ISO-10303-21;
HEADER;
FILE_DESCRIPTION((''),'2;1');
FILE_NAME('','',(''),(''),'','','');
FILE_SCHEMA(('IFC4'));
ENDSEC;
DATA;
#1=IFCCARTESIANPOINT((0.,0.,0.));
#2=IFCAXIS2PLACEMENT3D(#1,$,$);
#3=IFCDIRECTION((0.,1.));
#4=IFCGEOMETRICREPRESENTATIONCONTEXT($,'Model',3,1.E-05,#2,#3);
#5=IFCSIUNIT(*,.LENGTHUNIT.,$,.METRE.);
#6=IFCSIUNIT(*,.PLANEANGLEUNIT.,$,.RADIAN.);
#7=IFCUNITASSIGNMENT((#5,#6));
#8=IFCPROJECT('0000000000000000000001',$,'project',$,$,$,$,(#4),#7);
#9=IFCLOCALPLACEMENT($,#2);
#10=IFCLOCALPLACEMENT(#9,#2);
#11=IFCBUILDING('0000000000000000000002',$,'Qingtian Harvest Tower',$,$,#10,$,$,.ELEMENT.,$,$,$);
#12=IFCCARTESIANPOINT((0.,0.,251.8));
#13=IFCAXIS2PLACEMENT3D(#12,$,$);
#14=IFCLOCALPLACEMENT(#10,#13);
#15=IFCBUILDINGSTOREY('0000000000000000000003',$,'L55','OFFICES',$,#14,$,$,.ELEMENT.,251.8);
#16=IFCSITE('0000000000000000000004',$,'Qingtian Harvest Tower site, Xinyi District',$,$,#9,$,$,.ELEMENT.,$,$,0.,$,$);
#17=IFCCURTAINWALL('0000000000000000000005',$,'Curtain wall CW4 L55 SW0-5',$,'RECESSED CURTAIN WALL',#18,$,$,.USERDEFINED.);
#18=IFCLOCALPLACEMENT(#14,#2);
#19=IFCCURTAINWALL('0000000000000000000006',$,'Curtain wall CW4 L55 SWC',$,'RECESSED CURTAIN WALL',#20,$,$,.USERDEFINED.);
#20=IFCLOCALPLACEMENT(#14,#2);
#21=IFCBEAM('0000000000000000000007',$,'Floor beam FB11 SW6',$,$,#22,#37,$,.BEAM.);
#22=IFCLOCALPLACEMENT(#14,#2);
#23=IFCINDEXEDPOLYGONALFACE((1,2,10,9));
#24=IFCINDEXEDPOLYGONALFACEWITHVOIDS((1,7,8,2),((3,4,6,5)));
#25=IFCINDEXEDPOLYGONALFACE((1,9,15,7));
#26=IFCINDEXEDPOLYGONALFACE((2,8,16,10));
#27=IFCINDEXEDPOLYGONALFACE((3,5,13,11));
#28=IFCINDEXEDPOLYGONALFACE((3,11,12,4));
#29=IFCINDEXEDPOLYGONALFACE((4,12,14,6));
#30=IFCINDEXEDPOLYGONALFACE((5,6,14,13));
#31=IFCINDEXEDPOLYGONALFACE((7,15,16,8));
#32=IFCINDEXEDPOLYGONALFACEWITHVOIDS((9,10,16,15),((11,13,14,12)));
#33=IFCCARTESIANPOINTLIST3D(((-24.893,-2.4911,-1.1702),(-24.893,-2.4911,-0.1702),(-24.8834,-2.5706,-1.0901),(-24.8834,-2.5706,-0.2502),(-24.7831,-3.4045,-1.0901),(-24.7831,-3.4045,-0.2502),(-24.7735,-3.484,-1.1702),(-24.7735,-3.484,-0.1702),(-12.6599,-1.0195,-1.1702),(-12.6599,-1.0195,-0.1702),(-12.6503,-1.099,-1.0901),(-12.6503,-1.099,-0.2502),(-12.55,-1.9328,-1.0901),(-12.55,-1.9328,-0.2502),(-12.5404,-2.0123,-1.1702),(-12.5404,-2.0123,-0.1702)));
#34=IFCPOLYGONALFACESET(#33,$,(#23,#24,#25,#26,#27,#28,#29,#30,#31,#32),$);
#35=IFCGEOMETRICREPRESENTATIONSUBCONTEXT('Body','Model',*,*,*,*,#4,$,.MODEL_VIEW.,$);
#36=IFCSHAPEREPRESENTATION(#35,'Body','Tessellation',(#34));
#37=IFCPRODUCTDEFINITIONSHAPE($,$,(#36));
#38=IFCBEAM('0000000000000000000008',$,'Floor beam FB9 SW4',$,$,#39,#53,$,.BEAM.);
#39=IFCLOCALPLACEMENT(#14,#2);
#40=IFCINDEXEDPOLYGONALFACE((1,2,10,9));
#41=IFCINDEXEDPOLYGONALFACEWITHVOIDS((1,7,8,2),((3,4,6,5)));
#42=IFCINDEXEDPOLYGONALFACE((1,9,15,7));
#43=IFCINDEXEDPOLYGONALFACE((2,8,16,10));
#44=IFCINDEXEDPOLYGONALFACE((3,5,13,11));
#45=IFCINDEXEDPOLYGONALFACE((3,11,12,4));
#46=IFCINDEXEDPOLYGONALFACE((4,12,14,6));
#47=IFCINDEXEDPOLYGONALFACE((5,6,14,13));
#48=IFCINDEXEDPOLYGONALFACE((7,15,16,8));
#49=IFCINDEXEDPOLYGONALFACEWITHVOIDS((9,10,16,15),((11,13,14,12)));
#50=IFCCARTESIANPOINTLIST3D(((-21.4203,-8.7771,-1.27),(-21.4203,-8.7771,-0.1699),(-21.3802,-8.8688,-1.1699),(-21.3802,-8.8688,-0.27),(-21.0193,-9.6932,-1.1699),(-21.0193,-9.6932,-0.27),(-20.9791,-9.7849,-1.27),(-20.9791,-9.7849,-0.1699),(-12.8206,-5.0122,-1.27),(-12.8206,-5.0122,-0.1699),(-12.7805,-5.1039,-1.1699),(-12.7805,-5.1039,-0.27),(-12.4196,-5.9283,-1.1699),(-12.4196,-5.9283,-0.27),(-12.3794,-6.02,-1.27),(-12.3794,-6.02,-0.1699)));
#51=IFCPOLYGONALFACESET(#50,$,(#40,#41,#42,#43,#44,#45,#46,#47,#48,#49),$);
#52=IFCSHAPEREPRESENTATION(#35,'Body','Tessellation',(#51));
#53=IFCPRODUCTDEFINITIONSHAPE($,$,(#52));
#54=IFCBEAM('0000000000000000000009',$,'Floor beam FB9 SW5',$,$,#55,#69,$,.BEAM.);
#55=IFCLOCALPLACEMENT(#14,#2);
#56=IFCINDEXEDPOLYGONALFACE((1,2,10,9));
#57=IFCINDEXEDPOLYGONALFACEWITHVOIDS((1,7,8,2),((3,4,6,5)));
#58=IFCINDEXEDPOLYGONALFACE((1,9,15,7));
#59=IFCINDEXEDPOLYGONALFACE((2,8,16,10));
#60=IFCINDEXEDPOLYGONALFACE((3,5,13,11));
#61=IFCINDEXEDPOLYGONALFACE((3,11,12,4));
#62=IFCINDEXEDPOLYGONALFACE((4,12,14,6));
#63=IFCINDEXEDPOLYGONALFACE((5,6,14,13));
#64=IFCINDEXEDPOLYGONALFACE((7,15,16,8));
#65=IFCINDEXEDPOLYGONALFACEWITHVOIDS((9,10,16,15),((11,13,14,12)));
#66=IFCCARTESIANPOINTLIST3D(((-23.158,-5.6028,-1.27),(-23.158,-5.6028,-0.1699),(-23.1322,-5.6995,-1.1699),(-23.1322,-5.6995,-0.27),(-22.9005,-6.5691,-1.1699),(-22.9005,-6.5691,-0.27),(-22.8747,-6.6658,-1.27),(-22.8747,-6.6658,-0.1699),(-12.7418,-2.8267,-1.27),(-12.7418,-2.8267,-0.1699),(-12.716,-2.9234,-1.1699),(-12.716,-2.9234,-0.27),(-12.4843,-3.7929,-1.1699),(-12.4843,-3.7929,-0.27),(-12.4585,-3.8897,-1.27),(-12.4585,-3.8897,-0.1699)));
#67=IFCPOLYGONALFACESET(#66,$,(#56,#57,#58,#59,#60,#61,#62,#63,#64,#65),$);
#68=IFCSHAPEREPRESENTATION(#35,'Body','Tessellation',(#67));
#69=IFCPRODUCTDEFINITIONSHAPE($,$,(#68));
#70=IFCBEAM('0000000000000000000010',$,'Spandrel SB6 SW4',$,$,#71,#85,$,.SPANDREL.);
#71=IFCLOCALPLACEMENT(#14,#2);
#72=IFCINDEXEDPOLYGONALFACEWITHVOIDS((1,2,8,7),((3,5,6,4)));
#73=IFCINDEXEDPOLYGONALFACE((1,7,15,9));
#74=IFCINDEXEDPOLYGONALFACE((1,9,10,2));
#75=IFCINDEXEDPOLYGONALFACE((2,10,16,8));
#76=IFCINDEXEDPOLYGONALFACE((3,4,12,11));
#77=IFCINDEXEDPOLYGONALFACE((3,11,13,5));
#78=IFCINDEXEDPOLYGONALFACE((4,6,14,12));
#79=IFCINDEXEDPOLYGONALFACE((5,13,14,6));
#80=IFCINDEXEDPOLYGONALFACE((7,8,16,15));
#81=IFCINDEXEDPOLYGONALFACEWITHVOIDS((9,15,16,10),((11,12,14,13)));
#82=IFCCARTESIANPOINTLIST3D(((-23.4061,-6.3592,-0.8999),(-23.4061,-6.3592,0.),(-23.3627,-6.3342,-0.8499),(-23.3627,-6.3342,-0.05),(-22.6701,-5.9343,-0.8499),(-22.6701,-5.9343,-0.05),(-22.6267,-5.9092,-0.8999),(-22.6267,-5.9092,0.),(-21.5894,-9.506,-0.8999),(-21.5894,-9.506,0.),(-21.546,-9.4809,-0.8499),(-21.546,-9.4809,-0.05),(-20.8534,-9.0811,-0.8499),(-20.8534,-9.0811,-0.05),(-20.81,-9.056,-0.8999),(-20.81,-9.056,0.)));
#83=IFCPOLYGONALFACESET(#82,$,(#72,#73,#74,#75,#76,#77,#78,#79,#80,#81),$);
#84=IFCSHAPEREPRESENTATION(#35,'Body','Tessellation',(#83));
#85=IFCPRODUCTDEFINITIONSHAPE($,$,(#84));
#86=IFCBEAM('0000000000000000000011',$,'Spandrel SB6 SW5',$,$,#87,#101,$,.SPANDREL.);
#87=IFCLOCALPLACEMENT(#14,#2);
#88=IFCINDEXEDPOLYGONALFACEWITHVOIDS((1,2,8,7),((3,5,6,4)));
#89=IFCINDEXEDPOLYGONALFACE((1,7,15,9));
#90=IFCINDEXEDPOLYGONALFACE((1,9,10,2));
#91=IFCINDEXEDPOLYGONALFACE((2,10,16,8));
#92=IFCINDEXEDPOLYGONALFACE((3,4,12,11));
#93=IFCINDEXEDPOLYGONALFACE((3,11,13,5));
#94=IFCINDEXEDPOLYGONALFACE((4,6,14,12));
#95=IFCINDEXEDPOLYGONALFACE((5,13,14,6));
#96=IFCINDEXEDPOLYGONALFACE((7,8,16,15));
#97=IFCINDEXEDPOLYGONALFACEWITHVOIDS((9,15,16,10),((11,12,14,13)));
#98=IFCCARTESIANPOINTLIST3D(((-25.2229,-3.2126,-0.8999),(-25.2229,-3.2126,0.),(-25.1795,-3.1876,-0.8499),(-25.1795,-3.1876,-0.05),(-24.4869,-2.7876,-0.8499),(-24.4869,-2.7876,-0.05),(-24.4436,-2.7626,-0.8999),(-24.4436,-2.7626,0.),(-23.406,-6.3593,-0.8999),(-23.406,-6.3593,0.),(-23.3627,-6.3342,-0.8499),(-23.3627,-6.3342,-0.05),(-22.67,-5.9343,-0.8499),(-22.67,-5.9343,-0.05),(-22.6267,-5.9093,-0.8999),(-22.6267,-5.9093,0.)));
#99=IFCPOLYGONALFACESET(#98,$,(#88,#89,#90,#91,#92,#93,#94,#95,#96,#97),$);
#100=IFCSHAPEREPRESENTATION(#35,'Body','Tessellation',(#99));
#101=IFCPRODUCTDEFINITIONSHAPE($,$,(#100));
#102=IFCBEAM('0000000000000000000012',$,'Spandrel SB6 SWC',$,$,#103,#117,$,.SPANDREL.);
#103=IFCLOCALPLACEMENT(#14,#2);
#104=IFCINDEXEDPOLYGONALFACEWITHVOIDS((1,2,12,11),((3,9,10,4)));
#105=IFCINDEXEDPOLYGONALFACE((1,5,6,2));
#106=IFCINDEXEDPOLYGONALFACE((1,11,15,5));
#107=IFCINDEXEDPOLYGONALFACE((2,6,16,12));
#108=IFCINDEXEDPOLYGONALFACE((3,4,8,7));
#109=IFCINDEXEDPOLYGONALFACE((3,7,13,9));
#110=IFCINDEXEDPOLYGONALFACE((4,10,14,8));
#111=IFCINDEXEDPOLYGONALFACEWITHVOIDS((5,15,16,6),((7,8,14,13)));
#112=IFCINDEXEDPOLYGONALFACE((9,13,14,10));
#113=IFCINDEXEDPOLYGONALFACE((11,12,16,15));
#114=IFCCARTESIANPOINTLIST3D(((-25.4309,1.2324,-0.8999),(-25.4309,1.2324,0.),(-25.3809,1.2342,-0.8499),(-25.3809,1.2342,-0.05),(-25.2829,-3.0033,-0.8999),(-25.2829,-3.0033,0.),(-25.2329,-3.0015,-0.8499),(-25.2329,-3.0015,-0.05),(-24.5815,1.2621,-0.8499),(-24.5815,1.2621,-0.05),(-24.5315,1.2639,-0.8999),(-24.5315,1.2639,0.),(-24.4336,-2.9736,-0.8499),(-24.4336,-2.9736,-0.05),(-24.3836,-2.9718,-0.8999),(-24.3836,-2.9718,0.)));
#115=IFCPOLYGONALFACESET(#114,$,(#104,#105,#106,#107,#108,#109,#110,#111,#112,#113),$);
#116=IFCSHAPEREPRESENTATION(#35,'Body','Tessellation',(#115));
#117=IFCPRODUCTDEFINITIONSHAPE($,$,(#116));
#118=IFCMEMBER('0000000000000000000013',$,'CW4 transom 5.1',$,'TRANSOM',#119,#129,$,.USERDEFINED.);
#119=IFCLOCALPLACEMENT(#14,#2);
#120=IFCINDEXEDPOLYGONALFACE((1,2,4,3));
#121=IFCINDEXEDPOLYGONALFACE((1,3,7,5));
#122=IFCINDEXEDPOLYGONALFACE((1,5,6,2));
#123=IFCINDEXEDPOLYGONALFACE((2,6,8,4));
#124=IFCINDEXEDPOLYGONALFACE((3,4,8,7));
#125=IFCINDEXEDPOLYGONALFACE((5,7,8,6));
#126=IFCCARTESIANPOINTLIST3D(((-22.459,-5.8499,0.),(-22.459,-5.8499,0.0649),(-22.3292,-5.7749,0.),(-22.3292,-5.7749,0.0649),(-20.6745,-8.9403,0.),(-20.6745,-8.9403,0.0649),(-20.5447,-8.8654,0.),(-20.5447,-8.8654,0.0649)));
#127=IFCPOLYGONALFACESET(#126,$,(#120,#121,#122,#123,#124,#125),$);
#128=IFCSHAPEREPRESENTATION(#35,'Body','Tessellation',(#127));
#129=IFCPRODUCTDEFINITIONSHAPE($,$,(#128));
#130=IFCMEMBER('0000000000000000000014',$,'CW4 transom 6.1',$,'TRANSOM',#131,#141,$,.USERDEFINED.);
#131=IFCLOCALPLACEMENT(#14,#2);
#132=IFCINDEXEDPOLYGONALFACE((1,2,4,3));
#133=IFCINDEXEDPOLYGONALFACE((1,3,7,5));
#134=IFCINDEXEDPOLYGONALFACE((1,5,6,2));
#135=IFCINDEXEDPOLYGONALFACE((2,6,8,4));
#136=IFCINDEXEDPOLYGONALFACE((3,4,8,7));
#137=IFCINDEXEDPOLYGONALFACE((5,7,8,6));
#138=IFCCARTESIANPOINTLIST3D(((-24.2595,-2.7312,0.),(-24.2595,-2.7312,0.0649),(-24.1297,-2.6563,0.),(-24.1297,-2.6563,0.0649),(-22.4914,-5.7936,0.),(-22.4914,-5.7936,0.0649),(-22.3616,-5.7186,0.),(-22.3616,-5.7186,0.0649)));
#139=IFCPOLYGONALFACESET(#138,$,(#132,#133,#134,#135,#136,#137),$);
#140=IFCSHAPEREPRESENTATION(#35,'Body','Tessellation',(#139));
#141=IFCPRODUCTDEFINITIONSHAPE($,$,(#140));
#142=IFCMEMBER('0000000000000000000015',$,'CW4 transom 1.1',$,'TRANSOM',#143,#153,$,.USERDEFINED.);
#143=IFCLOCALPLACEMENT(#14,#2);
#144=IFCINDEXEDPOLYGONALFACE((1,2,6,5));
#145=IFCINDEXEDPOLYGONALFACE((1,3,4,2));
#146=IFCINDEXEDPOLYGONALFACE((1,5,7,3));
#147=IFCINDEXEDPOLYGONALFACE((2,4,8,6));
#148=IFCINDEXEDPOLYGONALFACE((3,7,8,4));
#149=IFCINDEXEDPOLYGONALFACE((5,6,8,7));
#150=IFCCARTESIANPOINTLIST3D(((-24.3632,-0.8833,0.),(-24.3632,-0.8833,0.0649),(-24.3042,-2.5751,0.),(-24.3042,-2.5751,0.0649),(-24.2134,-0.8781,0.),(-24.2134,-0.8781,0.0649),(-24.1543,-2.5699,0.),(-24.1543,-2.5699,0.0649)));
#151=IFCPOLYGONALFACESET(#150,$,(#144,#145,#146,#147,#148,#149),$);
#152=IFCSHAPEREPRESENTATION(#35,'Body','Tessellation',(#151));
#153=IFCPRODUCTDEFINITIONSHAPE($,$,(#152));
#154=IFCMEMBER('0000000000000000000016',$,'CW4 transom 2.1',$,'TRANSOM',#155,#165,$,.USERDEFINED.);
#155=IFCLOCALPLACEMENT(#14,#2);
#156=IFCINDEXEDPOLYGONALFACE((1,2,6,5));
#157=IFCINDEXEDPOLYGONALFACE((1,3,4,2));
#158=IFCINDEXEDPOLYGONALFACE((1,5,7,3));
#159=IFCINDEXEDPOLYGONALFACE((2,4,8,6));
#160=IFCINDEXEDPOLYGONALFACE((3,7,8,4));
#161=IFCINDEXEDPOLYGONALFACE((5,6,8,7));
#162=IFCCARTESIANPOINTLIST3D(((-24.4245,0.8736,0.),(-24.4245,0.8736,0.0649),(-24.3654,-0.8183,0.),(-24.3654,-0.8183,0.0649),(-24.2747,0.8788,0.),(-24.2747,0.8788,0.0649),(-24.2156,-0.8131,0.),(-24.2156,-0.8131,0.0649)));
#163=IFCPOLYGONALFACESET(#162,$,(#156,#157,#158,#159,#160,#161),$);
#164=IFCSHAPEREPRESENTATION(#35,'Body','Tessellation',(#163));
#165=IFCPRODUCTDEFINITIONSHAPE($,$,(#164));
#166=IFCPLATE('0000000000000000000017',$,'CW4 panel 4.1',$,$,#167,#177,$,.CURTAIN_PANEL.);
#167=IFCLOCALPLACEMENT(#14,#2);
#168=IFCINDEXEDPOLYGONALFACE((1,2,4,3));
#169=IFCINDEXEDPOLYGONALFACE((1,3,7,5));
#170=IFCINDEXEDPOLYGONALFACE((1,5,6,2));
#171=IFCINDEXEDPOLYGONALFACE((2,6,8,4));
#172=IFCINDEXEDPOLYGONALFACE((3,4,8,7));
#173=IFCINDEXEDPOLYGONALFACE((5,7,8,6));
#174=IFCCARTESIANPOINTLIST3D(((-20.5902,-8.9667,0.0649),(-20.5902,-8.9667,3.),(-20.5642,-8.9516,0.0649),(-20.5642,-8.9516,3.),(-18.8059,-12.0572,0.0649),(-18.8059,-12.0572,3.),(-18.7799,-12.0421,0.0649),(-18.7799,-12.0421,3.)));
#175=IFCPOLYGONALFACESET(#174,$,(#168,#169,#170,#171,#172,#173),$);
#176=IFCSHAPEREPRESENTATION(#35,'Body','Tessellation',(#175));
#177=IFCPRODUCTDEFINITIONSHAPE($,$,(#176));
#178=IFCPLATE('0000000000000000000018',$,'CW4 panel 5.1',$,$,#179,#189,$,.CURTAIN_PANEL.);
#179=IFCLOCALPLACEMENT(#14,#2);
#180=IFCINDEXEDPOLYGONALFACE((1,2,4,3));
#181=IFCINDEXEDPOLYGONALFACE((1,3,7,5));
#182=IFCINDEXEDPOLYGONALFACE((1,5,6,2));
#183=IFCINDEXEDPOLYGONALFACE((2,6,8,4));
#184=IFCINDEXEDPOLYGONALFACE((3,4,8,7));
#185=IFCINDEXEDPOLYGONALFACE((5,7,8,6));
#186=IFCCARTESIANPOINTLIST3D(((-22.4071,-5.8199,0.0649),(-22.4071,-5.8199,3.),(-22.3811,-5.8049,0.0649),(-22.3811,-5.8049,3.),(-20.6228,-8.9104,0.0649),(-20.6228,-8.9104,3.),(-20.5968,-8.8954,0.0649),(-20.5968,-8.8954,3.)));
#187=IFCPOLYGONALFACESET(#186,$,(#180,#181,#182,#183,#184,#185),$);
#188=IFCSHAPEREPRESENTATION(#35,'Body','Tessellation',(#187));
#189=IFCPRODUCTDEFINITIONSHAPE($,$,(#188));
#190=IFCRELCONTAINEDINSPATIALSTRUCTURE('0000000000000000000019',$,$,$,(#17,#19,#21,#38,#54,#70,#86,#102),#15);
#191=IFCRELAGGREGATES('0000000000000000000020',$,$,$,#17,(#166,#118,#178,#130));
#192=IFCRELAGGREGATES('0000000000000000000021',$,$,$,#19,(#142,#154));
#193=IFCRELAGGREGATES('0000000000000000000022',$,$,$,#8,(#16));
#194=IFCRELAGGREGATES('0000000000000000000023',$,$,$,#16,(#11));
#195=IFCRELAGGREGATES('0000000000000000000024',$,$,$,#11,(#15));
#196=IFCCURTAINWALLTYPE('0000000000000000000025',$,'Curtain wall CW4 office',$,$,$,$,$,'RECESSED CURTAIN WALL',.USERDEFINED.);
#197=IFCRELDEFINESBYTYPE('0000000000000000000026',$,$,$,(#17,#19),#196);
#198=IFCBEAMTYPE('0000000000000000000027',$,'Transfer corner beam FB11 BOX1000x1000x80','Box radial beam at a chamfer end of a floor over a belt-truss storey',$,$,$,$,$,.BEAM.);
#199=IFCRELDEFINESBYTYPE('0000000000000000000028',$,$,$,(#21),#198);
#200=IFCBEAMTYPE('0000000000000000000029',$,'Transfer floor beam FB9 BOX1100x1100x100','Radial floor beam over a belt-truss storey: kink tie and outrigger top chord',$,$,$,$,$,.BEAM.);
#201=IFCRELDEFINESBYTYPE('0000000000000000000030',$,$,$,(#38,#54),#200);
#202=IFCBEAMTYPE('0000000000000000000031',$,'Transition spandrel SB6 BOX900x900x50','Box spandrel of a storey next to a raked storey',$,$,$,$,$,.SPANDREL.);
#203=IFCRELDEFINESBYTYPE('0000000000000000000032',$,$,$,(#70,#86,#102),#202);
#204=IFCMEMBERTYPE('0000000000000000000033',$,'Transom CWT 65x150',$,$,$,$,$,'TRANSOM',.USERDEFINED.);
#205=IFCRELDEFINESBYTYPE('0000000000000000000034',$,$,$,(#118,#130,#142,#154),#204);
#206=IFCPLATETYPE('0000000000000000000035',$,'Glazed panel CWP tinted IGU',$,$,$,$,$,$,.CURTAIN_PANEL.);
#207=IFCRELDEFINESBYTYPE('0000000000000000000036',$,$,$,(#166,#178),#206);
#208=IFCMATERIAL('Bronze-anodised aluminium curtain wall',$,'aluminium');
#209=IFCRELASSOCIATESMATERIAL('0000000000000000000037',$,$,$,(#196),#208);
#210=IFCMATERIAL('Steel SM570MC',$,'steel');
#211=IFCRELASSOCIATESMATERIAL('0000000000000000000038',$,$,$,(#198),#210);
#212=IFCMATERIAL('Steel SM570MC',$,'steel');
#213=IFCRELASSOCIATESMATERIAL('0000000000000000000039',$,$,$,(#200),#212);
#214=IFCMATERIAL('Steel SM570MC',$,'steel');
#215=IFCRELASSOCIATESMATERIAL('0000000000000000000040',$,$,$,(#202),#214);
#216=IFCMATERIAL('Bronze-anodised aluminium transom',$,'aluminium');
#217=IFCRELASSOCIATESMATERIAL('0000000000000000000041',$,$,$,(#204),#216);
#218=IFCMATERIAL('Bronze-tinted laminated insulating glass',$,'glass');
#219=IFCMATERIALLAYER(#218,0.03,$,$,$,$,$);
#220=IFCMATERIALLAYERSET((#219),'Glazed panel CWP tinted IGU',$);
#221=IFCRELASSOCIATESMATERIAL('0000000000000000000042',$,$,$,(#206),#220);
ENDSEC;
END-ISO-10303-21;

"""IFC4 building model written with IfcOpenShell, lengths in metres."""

from ifc_helpers import new_model, si_unit, direction, frame, origin, origin_2d, place, context, subcontext, project, spatial, rectangle, hollow_rectangle, extrude, material, layer, layer_set, material_profile, profile_set, type_object, element, aggregate, save


model = new_model("IFC4")

# Units and contexts
model_context = context("Model", 3, precision=1e-05, world=origin(), true_north=direction((0.0, 1.0)))
body_context = subcontext(model_context, "Body", "Model", "MODEL_VIEW")
ifc_project = project(units=[si_unit("LENGTHUNIT", "METRE"), si_unit("PLANEANGLEUNIT", "RADIAN")], contexts=[model_context])

# Site, building, storey
site_placement = place(None, origin())
site = spatial("IfcSite", under=ifc_project, at=site_placement, Name="Qingtian Harvest Tower site, Xinyi District", CompositionType="ELEMENT", RefElevation=0.0)
building_placement = place(site_placement, origin())
building = spatial("IfcBuilding", under=site, at=building_placement, Name="Qingtian Harvest Tower", CompositionType="ELEMENT")
storey_placement = place(building_placement, frame((0.0, 0.0, 251.8)))
storey = spatial("IfcBuildingStorey", under=building, at=storey_placement, Name="L55", Description="OFFICES", CompositionType="ELEMENT", Elevation=251.8)

# Curtain walls
ifc_material_1 = material(Name="Bronze-anodised aluminium curtain wall", Category="aluminium")
curtain_wall_type = type_object("IfcCurtainWallType", Name="Curtain wall CW4 office", ElementType="RECESSED CURTAIN WALL", PredefinedType="USERDEFINED", material=ifc_material_1)
curtain_wall_1_placement = place(storey_placement, origin())
curtain_wall_1 = element("IfcCurtainWall", 1, at=curtain_wall_1_placement, inside=storey, type_object=curtain_wall_type, Name="Curtain wall CW4 L55 SW0-5", ObjectType="RECESSED CURTAIN WALL", PredefinedType="USERDEFINED")
curtain_wall_2_placement = place(storey_placement, origin())
curtain_wall_2 = element("IfcCurtainWall", 2, at=curtain_wall_2_placement, inside=storey, type_object=curtain_wall_type, Name="Curtain wall CW4 L55 SWC", ObjectType="RECESSED CURTAIN WALL", PredefinedType="USERDEFINED")

# Beams
ifc_material_2 = material(Name="Steel SM570MC", Category="steel")
ifc_material_profile_1 = material_profile(ifc_material_2, hollow_rectangle(XDim=1.0, YDim=1.0, WallThickness=0.0801, at=origin_2d()), Name="BOX1000x1000x80")
ifc_profile_set_1 = profile_set([ifc_material_profile_1], Name="Steel SM570MC")
beam_type_1 = type_object("IfcBeamType", Name="Transfer corner beam FB11 BOX1000x1000x80", Description="Box radial beam at a chamfer end of a floor over a belt-truss storey", PredefinedType="BEAM", material=ifc_profile_set_1)
beam_1_placement = place(storey_placement, frame((-24.8333, -2.9875, -0.6702), z_axis=(0.992841, 0.119441, 0.0), x_axis=(-0.119441, 0.992841, 0.0)))
element("IfcBeam", 3, at=beam_1_placement, inside=storey, type_object=beam_type_1, Name="Floor beam FB11 SW6", PredefinedType="BEAM", context=body_context, shape_type="SweptSolid", body=[
    extrude(hollow_rectangle(XDim=1.0, YDim=1.0, WallThickness=0.0801, at=origin_2d()), origin(), (0.0, 0.0, 1.0), 12.3213),
])
ifc_material_3 = material(Name="Steel SM570MC", Category="steel")
ifc_material_profile_2 = material_profile(ifc_material_3, hollow_rectangle(XDim=1.1001, YDim=1.1001, WallThickness=0.1001, at=origin_2d()), Name="BOX1100x1100x100")
ifc_profile_set_2 = profile_set([ifc_material_profile_2], Name="Steel SM570MC")
beam_type_2 = type_object("IfcBeamType", Name="Transfer floor beam FB9 BOX1100x1100x100", Description="Radial floor beam over a belt-truss storey: kink tie and outrigger top chord", PredefinedType="BEAM", material=ifc_profile_set_2)
beam_2_placement = place(storey_placement, frame((-21.1997, -9.281, -0.72), z_axis=(0.916057, 0.401048, 0.0), x_axis=(-0.401048, 0.916057, 0.0)))
element("IfcBeam", 4, at=beam_2_placement, inside=storey, type_object=beam_type_2, Name="Floor beam FB9 SW4", PredefinedType="BEAM", context=body_context, shape_type="SweptSolid", body=[
    extrude(hollow_rectangle(XDim=1.1001, YDim=1.1001, WallThickness=0.1001, at=origin_2d()), origin(), (0.0, 0.0, 1.0), 9.3877),
])
beam_3_placement = place(storey_placement, frame((-23.0164, -6.1343, -0.72), z_axis=(0.966271, 0.257529, 0.0), x_axis=(-0.257529, 0.966271, 0.0)))
element("IfcBeam", 5, at=beam_3_placement, inside=storey, type_object=beam_type_2, Name="Floor beam FB9 SW5", PredefinedType="BEAM", context=body_context, shape_type="SweptSolid", body=[
    extrude(hollow_rectangle(XDim=1.1001, YDim=1.1001, WallThickness=0.1001, at=origin_2d()), origin(), (0.0, 0.0, 1.0), 10.7798),
])
ifc_material_4 = material(Name="Steel SM570MC", Category="steel")
ifc_material_profile_3 = material_profile(ifc_material_4, hollow_rectangle(XDim=0.8999, YDim=0.8999, WallThickness=0.05, at=origin_2d()), Name="BOX900x900x50")
ifc_profile_set_3 = profile_set([ifc_material_profile_3], Name="Steel SM570MC")
beam_type_3 = type_object("IfcBeamType", Name="Transition spandrel SB6 BOX900x900x50", Description="Box spandrel of a storey next to a raked storey", PredefinedType="SPANDREL", material=ifc_profile_set_3)
for number, where, z_axis, x_axis, name in (
    (6, (-21.1997, -9.281, -0.45), (-0.499976, 0.866039, 0.0), (-0.866039, -0.499976, 0.0), "Spandrel SB6 SW4"),
    (7, (-23.0164, -6.1343, -0.45), (-0.500027, 0.86601, 0.0), (-0.86601, -0.500027, 0.0), "Spandrel SB6 SW5"),
):
    element("IfcBeam", number, at=place(storey_placement, frame(where, z_axis=z_axis, x_axis=x_axis)), inside=storey, type_object=beam_type_3, Name=name, PredefinedType="SPANDREL", context=body_context, shape_type="SweptSolid", body=[
        extrude(hollow_rectangle(XDim=0.8999, YDim=0.8999, WallThickness=0.05, at=origin_2d()), origin(), (0.0, 0.0, 1.0), 3.6335),
    ])
beam_4_placement = place(storey_placement, frame((-24.8333, -2.9875, -0.45), z_axis=(-0.034909, 0.999391, 0.0), x_axis=(-0.999391, -0.034909, 0.0)))
element("IfcBeam", 8, at=beam_4_placement, inside=storey, type_object=beam_type_3, Name="Spandrel SB6 SWC", PredefinedType="SPANDREL", context=body_context, shape_type="SweptSolid", body=[
    extrude(hollow_rectangle(XDim=0.8999, YDim=0.8999, WallThickness=0.05, at=origin_2d()), origin(), (0.0, 0.0, 1.0), 4.2383),
])

# Members
ifc_material_5 = material(Name="Bronze-anodised aluminium transom", Category="aluminium")
ifc_material_profile_4 = material_profile(ifc_material_5, rectangle(XDim=0.1499, YDim=0.0649, at=origin_2d()), Name="AL 65x150")
ifc_profile_set_4 = profile_set([ifc_material_profile_4], Name="Bronze-anodised aluminium transom")
member_type_1 = type_object("IfcMemberType", Name="Transom CWT 65x150", ElementType="TRANSOM", PredefinedType="USERDEFINED", material=ifc_profile_set_4)
member_1_placement = place(storey_placement, frame((-20.6096, -8.9028, 0.0325), z_axis=(-0.500046, 0.865999, 0.0), x_axis=(-0.865999, -0.500046, 0.0)))
member_1 = element("IfcMember", 9, at=member_1_placement, type_object=member_type_1, Name="CW4 transom 5.1", ObjectType="TRANSOM", PredefinedType="USERDEFINED", context=body_context, shape_type="SweptSolid", body=[
    extrude(rectangle(XDim=0.1499, YDim=0.0649, at=origin_2d()), origin(), (0.0, 0.0, 1.0), 3.5686),
])
member_2_placement = place(storey_placement, frame((-22.4265, -5.7561, 0.0325), z_axis=(-0.500015, 0.866017, 0.0), x_axis=(-0.866017, -0.500015, 0.0)))
member_2 = element("IfcMember", 10, at=member_2_placement, type_object=member_type_1, Name="CW4 transom 6.1", ObjectType="TRANSOM", PredefinedType="USERDEFINED", context=body_context, shape_type="SweptSolid", body=[
    extrude(rectangle(XDim=0.1499, YDim=0.0649, at=origin_2d()), origin(), (0.0, 0.0, 1.0), 3.5361),
])
member_3_placement = place(storey_placement, frame((-24.2292, -2.5725, 0.0325), z_axis=(-0.034899, 0.999391, 0.0), x_axis=(-0.999391, -0.034899, 0.0)))
member_3 = element("IfcMember", 11, at=member_3_placement, type_object=member_type_1, Name="CW4 transom 1.1", ObjectType="TRANSOM", PredefinedType="USERDEFINED", context=body_context, shape_type="SweptSolid", body=[
    extrude(rectangle(XDim=0.1499, YDim=0.0649, at=origin_2d()), origin(), (0.0, 0.0, 1.0), 1.6929),
])
member_4_placement = place(storey_placement, frame((-24.2905, -0.8157, 0.0325), z_axis=(-0.034899, 0.999391, 0.0), x_axis=(-0.999391, -0.034899, 0.0)))
member_4 = element("IfcMember", 12, at=member_4_placement, type_object=member_type_1, Name="CW4 transom 2.1", ObjectType="TRANSOM", PredefinedType="USERDEFINED", context=body_context, shape_type="SweptSolid", body=[
    extrude(rectangle(XDim=0.1499, YDim=0.0649, at=origin_2d()), origin(), (0.0, 0.0, 1.0), 1.6929),
])

# Plates
ifc_material_6 = material(Name="Bronze-tinted laminated insulating glass", Category="glass")
ifc_layer_1 = layer(ifc_material_6, 0.03)
ifc_layer_set_1 = layer_set([ifc_layer_1], Name="Glazed panel CWP tinted IGU")
plate_type = type_object("IfcPlateType", Name="Glazed panel CWP tinted IGU", PredefinedType="CURTAIN_PANEL", material=ifc_layer_set_1)
plate_1_placement = place(storey_placement, frame((-19.6851, -10.5044, 0.0649), z_axis=(0.0, 0.0, 1.0), x_axis=(-0.5, 0.866025, 0.0)))
plate_1 = element("IfcPlate", 13, at=plate_1_placement, type_object=plate_type, Name="CW4 panel 4.1", PredefinedType="CURTAIN_PANEL", context=body_context, shape_type="SweptSolid", body=[
    extrude(rectangle(XDim=3.5686, YDim=0.03, at=origin_2d()), origin(), (0.0, 0.0, 1.0), 2.9351),
])
plate_2_placement = place(storey_placement, frame((-21.502, -7.3577, 0.0649), z_axis=(0.0, 0.0, 1.0), x_axis=(-0.5, 0.866025, 0.0)))
plate_2 = element("IfcPlate", 14, at=plate_2_placement, type_object=plate_type, Name="CW4 panel 5.1", PredefinedType="CURTAIN_PANEL", context=body_context, shape_type="SweptSolid", body=[
    extrude(rectangle(XDim=3.5686, YDim=0.03, at=origin_2d()), origin(), (0.0, 0.0, 1.0), 2.9351),
])
aggregate(curtain_wall_1, [plate_1, member_1, plate_2, member_2])
aggregate(curtain_wall_2, [member_3, member_4])

save(model, "model.ifc")
